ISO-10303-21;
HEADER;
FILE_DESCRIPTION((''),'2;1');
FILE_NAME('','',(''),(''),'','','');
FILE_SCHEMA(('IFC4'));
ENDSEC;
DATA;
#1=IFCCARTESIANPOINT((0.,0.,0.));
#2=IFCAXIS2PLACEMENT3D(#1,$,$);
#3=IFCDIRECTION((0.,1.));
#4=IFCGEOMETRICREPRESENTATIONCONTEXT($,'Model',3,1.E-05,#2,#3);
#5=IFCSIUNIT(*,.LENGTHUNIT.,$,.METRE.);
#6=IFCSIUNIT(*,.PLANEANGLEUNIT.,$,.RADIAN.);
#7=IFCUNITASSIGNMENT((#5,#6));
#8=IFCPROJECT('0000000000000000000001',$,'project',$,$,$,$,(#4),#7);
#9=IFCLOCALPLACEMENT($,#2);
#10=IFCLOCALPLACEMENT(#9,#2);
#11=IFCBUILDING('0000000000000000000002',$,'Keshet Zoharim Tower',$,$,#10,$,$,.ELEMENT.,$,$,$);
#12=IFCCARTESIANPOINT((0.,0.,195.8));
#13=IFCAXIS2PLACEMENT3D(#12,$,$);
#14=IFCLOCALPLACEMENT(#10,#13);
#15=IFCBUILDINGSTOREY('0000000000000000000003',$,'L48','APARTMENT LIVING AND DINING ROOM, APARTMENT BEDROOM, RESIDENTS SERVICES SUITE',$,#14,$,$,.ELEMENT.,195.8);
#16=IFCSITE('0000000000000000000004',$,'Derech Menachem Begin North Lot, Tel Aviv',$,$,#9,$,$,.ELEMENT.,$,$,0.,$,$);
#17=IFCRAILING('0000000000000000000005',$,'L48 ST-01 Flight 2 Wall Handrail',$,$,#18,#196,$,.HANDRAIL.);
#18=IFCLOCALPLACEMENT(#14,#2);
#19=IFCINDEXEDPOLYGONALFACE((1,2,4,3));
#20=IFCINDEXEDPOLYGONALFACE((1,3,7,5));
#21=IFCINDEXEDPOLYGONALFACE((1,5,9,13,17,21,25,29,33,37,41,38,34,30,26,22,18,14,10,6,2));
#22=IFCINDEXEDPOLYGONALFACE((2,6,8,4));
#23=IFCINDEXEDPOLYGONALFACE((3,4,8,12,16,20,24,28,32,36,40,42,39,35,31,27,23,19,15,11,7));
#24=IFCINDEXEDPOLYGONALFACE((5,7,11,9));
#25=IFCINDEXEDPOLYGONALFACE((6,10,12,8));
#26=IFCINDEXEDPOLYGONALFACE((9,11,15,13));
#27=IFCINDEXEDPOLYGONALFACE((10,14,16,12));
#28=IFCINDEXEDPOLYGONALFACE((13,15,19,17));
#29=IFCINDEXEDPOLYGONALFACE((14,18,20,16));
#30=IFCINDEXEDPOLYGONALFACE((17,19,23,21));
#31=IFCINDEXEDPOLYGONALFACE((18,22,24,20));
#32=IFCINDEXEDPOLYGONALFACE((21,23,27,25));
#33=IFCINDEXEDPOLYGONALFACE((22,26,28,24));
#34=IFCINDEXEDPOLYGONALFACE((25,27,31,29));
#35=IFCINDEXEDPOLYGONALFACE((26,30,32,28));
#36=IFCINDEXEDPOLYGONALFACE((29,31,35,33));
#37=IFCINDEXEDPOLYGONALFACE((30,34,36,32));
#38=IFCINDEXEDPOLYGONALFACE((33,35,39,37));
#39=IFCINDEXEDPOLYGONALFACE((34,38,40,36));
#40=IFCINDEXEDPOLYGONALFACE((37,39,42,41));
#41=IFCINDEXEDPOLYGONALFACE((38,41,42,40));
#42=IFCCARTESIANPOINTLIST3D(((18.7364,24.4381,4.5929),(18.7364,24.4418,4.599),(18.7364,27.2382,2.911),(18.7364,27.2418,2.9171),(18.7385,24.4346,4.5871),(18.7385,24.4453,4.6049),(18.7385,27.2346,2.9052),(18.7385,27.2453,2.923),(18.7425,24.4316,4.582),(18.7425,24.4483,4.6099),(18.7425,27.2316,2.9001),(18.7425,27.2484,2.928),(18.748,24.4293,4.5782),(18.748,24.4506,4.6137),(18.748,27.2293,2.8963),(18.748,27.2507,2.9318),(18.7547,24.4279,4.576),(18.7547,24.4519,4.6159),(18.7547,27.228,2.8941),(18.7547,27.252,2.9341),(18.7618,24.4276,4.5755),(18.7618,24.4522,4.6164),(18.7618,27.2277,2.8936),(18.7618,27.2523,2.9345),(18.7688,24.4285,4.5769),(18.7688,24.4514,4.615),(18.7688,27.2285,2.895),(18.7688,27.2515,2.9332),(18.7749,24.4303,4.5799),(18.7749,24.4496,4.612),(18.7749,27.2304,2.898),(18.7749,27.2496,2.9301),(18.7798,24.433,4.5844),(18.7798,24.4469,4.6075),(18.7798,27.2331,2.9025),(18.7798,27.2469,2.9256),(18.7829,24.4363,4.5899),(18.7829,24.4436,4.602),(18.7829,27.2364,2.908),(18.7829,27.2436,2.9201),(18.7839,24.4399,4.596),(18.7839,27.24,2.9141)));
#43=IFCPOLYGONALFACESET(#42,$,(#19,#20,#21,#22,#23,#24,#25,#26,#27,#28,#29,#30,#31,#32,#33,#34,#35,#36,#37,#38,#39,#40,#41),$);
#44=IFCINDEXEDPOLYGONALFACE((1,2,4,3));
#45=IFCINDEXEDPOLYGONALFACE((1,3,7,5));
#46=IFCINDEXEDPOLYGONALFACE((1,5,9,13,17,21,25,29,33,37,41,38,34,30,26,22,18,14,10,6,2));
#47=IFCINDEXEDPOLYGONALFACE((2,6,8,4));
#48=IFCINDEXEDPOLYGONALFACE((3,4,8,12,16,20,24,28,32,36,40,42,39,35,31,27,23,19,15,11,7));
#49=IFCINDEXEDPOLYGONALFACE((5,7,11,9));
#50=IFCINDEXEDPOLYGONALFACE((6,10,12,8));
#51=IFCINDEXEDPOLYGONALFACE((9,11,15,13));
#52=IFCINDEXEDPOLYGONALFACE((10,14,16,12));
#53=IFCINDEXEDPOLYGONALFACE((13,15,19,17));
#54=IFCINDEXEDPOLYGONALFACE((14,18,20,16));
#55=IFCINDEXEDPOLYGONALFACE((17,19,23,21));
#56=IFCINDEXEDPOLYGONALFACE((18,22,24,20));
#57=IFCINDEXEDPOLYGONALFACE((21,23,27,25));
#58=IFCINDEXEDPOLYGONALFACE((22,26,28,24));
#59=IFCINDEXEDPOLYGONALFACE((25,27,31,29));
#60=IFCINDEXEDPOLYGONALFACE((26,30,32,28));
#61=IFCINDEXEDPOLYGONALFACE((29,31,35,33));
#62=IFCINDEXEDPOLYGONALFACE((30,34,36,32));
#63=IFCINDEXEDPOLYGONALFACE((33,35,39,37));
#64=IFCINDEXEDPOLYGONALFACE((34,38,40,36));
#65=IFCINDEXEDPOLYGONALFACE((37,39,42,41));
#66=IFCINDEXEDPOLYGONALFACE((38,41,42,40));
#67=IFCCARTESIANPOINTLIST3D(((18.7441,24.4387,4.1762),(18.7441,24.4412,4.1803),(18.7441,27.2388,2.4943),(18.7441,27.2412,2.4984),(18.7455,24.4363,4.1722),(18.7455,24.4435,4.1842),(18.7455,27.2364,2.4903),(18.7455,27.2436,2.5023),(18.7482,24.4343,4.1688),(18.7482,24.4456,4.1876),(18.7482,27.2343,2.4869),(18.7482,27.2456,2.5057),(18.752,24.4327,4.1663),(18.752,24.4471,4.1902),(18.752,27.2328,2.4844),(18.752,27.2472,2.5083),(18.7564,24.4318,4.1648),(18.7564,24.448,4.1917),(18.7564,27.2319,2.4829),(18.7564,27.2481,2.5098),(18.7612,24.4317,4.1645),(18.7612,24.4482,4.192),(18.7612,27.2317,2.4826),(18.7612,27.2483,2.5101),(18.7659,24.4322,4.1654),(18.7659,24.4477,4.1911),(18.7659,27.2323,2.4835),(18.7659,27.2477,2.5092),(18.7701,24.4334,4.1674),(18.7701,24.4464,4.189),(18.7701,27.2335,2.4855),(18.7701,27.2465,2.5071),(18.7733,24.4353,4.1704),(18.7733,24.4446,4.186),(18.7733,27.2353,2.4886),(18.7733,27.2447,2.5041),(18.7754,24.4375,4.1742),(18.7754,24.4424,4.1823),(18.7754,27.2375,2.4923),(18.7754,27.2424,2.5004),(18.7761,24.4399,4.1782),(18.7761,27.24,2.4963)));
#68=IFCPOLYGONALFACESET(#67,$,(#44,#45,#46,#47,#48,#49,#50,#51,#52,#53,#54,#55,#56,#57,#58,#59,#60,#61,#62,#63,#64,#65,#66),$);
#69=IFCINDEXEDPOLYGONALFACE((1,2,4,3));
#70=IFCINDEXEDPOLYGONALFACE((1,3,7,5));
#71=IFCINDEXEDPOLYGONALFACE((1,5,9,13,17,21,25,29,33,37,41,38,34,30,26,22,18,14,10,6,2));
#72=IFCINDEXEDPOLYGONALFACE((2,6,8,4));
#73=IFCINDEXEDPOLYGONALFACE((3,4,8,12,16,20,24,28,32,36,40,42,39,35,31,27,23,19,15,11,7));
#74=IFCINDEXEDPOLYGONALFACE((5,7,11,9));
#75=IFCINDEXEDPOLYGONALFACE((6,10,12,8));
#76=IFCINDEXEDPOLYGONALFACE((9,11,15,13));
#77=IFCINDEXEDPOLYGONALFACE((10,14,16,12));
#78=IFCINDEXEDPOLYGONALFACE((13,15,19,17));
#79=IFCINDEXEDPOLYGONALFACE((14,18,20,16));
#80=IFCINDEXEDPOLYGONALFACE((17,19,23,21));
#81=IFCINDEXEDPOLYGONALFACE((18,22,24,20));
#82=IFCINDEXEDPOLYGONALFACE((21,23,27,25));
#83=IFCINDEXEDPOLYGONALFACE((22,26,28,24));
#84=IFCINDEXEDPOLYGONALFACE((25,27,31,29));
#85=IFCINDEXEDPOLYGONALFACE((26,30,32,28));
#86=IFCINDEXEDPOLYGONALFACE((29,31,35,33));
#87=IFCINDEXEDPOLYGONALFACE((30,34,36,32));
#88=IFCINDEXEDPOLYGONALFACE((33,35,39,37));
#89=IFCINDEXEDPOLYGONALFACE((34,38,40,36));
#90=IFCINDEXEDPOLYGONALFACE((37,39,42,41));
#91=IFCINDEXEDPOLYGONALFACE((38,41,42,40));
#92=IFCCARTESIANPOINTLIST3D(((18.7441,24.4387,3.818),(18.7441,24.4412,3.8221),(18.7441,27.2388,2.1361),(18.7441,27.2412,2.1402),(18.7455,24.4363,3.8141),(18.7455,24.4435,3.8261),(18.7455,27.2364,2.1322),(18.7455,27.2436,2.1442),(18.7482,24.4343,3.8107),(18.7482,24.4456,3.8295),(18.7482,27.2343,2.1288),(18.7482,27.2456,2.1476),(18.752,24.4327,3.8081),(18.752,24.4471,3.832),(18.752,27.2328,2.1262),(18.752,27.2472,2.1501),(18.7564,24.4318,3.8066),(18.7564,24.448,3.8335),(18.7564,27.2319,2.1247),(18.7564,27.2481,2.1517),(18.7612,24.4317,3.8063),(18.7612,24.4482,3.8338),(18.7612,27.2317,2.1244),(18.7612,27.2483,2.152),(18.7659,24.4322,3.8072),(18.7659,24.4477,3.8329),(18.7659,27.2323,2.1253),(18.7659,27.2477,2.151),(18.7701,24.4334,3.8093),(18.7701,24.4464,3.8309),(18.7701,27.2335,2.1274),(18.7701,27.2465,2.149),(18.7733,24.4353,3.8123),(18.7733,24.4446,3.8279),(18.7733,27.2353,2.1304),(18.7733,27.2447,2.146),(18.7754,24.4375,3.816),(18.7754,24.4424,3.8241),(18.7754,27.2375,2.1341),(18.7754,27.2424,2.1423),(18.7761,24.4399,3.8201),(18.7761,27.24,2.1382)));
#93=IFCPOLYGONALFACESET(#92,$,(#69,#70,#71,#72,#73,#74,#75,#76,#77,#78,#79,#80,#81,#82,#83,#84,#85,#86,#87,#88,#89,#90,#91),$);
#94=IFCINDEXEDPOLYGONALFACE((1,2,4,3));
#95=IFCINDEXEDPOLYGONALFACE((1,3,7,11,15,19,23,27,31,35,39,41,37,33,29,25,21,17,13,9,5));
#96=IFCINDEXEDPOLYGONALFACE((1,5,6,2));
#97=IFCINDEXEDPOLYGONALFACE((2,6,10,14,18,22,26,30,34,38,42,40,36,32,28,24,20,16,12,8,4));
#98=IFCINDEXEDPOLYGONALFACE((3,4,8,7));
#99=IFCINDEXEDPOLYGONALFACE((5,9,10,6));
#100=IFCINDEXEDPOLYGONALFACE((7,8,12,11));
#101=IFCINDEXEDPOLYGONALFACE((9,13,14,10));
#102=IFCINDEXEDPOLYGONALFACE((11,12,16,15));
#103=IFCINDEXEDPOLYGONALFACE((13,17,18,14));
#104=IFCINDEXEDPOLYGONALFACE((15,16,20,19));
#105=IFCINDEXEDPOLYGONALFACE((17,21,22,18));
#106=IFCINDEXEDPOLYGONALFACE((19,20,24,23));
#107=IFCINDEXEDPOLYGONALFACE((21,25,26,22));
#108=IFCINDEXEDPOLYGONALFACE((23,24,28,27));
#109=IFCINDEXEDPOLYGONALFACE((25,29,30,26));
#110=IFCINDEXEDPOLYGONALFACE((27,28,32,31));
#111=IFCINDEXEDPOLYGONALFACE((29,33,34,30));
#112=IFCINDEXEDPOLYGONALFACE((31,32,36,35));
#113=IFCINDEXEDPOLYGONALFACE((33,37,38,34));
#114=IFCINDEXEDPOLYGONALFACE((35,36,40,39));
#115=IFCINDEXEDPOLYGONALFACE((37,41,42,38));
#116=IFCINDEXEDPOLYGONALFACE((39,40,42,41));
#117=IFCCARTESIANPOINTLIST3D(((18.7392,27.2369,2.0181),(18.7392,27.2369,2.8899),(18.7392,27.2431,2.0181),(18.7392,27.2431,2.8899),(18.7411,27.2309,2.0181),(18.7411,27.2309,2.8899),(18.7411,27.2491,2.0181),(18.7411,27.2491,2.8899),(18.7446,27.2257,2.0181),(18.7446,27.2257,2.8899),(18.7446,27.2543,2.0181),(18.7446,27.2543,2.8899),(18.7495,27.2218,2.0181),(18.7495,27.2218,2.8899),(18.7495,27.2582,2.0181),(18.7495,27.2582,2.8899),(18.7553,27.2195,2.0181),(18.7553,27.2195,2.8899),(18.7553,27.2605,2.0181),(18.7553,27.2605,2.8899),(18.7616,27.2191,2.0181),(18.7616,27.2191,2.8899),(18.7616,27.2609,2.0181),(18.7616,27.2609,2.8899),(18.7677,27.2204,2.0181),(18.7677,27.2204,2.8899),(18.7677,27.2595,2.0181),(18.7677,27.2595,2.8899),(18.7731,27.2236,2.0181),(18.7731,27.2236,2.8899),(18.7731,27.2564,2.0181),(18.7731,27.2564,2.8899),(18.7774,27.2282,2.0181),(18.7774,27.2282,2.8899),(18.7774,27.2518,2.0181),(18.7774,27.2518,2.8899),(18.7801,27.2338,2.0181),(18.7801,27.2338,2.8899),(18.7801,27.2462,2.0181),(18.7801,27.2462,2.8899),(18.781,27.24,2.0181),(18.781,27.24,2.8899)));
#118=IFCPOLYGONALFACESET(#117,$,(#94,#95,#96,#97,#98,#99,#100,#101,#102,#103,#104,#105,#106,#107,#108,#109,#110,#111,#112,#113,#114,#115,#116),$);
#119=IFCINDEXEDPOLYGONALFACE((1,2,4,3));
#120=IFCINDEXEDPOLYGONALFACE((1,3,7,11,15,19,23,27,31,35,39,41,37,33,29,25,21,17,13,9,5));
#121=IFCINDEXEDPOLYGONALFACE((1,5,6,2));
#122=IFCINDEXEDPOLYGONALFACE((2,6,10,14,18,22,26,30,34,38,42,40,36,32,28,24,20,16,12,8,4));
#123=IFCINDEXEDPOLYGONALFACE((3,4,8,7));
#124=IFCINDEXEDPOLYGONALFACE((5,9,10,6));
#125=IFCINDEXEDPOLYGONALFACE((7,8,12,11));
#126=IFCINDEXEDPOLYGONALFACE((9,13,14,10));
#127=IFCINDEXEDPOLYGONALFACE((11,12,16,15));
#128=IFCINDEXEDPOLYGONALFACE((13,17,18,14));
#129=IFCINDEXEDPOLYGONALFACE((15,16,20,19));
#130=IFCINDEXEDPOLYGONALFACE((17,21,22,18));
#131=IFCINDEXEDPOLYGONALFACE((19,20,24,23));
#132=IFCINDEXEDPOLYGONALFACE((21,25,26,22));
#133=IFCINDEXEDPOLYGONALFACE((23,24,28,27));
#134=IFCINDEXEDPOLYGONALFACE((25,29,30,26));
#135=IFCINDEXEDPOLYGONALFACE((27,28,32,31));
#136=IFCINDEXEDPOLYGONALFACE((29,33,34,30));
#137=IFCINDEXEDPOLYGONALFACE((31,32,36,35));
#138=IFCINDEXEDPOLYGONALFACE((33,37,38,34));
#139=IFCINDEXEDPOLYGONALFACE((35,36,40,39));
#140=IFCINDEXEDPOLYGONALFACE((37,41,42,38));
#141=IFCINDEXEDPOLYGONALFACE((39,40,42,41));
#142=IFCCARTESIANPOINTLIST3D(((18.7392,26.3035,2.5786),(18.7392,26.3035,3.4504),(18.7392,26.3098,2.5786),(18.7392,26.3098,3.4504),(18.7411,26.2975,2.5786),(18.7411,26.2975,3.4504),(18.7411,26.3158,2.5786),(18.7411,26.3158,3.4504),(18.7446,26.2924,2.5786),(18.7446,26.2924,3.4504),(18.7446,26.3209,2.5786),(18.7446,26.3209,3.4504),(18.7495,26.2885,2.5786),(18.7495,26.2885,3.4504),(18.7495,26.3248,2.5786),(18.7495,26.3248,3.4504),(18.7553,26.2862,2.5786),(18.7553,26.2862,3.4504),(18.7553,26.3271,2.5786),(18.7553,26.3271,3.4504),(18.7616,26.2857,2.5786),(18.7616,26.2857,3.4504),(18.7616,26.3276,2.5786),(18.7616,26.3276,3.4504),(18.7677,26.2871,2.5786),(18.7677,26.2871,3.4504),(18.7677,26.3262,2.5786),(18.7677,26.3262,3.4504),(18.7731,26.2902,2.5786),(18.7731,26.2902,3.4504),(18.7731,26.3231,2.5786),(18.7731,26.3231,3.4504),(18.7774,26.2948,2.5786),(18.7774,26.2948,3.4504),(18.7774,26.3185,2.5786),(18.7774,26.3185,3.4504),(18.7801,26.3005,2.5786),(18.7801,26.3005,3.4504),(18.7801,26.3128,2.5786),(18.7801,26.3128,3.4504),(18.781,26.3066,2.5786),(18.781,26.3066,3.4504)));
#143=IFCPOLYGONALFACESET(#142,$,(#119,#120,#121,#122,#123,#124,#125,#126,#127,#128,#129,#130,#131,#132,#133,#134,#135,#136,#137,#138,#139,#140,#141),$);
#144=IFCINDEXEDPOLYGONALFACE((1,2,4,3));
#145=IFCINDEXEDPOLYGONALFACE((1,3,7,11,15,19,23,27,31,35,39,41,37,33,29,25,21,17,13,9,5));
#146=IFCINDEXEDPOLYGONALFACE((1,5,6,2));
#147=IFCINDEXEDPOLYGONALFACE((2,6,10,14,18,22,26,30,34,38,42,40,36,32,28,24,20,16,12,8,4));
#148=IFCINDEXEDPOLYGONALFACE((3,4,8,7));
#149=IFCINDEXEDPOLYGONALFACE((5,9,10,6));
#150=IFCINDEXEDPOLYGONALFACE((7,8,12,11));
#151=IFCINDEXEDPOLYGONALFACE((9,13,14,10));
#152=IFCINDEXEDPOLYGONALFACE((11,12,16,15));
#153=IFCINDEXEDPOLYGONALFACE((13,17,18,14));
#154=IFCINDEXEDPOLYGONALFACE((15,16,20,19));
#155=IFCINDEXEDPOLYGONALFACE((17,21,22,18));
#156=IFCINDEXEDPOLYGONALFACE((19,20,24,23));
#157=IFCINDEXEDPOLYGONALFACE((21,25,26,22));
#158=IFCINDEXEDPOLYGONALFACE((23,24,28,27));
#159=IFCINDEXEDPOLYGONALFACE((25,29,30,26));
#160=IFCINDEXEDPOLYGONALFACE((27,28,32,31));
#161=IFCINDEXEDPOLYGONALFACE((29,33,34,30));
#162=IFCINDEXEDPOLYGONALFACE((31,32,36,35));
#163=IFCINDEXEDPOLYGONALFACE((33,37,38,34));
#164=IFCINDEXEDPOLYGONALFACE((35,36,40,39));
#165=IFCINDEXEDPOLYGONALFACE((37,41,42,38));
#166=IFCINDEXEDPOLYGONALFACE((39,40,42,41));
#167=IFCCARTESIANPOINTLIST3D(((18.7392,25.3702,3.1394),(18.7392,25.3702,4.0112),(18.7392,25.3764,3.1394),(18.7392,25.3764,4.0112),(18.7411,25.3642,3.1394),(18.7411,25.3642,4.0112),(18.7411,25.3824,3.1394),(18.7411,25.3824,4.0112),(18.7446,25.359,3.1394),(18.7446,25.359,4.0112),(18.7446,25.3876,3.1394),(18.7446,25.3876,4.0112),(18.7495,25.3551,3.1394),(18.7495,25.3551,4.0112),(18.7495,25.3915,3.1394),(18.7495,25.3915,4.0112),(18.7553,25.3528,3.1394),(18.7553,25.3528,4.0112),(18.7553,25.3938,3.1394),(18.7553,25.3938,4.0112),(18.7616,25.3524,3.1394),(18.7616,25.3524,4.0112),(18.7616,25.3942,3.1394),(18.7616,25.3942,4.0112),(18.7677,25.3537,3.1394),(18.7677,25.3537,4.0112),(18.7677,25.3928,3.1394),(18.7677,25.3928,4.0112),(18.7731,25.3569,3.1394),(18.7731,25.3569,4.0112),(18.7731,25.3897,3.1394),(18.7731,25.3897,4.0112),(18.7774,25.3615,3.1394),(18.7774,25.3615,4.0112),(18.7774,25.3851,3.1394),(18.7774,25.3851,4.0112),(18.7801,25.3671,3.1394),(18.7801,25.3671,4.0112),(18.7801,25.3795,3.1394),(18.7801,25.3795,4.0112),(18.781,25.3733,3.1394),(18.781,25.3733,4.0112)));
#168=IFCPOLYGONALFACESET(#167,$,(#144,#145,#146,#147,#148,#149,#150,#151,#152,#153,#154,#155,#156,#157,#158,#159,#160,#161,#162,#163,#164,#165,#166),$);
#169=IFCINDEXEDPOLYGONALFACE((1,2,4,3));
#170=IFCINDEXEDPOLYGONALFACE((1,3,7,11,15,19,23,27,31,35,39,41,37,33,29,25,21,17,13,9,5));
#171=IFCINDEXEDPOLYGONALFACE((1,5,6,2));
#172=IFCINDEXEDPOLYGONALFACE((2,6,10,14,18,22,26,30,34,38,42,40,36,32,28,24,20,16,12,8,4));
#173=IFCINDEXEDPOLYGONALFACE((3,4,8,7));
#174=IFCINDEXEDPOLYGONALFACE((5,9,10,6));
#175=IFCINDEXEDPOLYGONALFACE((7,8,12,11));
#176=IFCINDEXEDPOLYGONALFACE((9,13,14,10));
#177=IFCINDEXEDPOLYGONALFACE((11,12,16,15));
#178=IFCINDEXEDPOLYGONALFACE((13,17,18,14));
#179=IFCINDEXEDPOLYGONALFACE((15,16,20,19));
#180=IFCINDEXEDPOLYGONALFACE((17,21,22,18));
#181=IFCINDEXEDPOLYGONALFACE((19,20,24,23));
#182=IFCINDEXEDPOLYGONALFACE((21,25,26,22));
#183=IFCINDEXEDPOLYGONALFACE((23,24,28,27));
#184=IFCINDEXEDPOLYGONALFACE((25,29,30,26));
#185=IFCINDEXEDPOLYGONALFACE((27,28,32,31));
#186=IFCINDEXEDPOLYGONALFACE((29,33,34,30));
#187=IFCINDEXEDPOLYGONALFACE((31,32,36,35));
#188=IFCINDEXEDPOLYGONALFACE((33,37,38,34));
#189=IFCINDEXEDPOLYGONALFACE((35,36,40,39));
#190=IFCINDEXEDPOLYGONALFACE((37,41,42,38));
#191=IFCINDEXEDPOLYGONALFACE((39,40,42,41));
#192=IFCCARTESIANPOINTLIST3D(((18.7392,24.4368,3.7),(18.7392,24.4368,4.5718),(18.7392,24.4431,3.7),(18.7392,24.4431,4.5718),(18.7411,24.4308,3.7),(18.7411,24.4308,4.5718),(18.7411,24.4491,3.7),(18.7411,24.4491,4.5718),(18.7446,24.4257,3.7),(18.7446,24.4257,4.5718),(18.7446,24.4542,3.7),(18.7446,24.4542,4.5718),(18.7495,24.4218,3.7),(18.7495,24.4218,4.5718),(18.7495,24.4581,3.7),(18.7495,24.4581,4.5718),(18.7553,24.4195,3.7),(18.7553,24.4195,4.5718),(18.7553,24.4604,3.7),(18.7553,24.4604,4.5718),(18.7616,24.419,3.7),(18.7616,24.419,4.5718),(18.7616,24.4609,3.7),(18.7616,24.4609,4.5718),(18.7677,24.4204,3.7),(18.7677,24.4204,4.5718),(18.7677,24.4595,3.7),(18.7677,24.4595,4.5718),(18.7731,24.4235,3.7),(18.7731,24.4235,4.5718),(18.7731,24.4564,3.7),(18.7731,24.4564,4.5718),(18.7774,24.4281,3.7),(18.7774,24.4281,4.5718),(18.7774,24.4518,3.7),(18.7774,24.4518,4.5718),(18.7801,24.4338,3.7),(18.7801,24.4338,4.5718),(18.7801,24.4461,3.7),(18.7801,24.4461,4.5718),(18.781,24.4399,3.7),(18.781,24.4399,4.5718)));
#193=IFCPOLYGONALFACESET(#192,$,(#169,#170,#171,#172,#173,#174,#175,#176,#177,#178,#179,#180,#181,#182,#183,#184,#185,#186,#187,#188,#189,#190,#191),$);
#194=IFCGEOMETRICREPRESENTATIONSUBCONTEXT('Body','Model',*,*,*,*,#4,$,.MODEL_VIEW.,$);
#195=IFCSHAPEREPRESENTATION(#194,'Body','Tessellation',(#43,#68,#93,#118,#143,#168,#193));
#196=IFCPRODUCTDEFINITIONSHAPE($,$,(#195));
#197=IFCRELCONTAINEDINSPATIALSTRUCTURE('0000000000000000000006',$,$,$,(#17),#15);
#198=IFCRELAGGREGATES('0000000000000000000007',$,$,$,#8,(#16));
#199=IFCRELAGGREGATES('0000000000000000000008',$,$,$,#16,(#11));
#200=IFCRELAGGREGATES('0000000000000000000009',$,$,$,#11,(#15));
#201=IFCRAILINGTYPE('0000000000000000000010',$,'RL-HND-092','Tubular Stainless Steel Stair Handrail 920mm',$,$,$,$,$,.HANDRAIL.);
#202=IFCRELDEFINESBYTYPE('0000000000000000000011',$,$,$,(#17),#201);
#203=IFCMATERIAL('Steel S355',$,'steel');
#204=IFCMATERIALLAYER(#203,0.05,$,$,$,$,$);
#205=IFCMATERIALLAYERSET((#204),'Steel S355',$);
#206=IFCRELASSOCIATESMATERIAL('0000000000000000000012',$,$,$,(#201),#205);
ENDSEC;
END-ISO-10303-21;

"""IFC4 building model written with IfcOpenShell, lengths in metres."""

from ifc_helpers import new_model, si_unit, direction, frame, origin, origin_2d, place, context, subcontext, project, spatial, circle, extrude, material, layer, layer_set, type_object, element, save


model = new_model("IFC4")

# Units and contexts
model_context = context("Model", 3, precision=1e-05, world=origin(), true_north=direction((0.0, 1.0)))
body_context = subcontext(model_context, "Body", "Model", "MODEL_VIEW")
ifc_project = project(units=[si_unit("LENGTHUNIT", "METRE"), si_unit("PLANEANGLEUNIT", "RADIAN")], contexts=[model_context])

# Site, building, storey
site_placement = place(None, origin())
site = spatial("IfcSite", under=ifc_project, at=site_placement, Name="Derech Menachem Begin North Lot, Tel Aviv", CompositionType="ELEMENT", RefElevation=0.0)
building_placement = place(site_placement, origin())
building = spatial("IfcBuilding", under=site, at=building_placement, Name="Keshet Zoharim Tower", CompositionType="ELEMENT")
storey_placement = place(building_placement, frame((0.0, 0.0, 195.8)))
storey = spatial("IfcBuildingStorey", under=building, at=storey_placement, Name="L48", Description="APARTMENT LIVING AND DINING ROOM, APARTMENT BEDROOM, RESIDENTS SERVICES SUITE", CompositionType="ELEMENT", Elevation=195.8)

# Shared definitions
ifc_material_1 = material(Name="Steel S355", Category="steel")

# Railing
ifc_layer_1 = layer(ifc_material_1, 0.05)
ifc_layer_set_1 = layer_set([ifc_layer_1], Name="Steel S355")
railing_type_1 = type_object("IfcRailingType", Name="RL-HND-092", Description="Tubular Stainless Steel Stair Handrail 920mm", PredefinedType="HANDRAIL", material=ifc_layer_set_1)
railing_1_placement = place(storey_placement, frame((18.76, 27.24, 2.0181)))
element("IfcRailing", 1, at=railing_1_placement, inside=storey, type_object=railing_type_1, Name="L48 ST-01 Flight 2 Wall Handrail", PredefinedType="HANDRAIL", context=body_context, shape_type="SweptSolid", body=[
    extrude(circle(Radius=0.0239, at=origin_2d()), frame((0.0, 0.0, 0.896), z_axis=(0.0, -0.857242, 0.514913), x_axis=(1.0, 0.0, 0.0)), (0.0, 0.0, 1.0), 3.2664),
    extrude(circle(Radius=0.0161, at=origin_2d()), frame((0.0, 0.0, 0.4783), z_axis=(0.0, -0.857242, 0.514913), x_axis=(1.0, 0.0, 0.0)), (0.0, 0.0, 1.0), 3.2664),
    extrude(circle(Radius=0.0161, at=origin_2d()), frame((0.0, 0.0, 0.1201), z_axis=(0.0, -0.857242, 0.514913), x_axis=(1.0, 0.0, 0.0)), (0.0, 0.0, 1.0), 3.2664),
    extrude(circle(Radius=0.021, at=origin_2d()), origin(), (0.0, 0.0, 1.0), 0.8718),
    extrude(circle(Radius=0.021, at=origin_2d()), frame((0.0, -0.9333, 0.5605)), (0.0, 0.0, 1.0), 0.8718),
    extrude(circle(Radius=0.021, at=origin_2d()), frame((0.0, -1.8667, 1.1213)), (0.0, 0.0, 1.0), 0.8718),
    extrude(circle(Radius=0.021, at=origin_2d()), frame((0.0, -2.8, 1.6819)), (0.0, 0.0, 1.0), 0.8718),
])

save(model, "model.ifc")
